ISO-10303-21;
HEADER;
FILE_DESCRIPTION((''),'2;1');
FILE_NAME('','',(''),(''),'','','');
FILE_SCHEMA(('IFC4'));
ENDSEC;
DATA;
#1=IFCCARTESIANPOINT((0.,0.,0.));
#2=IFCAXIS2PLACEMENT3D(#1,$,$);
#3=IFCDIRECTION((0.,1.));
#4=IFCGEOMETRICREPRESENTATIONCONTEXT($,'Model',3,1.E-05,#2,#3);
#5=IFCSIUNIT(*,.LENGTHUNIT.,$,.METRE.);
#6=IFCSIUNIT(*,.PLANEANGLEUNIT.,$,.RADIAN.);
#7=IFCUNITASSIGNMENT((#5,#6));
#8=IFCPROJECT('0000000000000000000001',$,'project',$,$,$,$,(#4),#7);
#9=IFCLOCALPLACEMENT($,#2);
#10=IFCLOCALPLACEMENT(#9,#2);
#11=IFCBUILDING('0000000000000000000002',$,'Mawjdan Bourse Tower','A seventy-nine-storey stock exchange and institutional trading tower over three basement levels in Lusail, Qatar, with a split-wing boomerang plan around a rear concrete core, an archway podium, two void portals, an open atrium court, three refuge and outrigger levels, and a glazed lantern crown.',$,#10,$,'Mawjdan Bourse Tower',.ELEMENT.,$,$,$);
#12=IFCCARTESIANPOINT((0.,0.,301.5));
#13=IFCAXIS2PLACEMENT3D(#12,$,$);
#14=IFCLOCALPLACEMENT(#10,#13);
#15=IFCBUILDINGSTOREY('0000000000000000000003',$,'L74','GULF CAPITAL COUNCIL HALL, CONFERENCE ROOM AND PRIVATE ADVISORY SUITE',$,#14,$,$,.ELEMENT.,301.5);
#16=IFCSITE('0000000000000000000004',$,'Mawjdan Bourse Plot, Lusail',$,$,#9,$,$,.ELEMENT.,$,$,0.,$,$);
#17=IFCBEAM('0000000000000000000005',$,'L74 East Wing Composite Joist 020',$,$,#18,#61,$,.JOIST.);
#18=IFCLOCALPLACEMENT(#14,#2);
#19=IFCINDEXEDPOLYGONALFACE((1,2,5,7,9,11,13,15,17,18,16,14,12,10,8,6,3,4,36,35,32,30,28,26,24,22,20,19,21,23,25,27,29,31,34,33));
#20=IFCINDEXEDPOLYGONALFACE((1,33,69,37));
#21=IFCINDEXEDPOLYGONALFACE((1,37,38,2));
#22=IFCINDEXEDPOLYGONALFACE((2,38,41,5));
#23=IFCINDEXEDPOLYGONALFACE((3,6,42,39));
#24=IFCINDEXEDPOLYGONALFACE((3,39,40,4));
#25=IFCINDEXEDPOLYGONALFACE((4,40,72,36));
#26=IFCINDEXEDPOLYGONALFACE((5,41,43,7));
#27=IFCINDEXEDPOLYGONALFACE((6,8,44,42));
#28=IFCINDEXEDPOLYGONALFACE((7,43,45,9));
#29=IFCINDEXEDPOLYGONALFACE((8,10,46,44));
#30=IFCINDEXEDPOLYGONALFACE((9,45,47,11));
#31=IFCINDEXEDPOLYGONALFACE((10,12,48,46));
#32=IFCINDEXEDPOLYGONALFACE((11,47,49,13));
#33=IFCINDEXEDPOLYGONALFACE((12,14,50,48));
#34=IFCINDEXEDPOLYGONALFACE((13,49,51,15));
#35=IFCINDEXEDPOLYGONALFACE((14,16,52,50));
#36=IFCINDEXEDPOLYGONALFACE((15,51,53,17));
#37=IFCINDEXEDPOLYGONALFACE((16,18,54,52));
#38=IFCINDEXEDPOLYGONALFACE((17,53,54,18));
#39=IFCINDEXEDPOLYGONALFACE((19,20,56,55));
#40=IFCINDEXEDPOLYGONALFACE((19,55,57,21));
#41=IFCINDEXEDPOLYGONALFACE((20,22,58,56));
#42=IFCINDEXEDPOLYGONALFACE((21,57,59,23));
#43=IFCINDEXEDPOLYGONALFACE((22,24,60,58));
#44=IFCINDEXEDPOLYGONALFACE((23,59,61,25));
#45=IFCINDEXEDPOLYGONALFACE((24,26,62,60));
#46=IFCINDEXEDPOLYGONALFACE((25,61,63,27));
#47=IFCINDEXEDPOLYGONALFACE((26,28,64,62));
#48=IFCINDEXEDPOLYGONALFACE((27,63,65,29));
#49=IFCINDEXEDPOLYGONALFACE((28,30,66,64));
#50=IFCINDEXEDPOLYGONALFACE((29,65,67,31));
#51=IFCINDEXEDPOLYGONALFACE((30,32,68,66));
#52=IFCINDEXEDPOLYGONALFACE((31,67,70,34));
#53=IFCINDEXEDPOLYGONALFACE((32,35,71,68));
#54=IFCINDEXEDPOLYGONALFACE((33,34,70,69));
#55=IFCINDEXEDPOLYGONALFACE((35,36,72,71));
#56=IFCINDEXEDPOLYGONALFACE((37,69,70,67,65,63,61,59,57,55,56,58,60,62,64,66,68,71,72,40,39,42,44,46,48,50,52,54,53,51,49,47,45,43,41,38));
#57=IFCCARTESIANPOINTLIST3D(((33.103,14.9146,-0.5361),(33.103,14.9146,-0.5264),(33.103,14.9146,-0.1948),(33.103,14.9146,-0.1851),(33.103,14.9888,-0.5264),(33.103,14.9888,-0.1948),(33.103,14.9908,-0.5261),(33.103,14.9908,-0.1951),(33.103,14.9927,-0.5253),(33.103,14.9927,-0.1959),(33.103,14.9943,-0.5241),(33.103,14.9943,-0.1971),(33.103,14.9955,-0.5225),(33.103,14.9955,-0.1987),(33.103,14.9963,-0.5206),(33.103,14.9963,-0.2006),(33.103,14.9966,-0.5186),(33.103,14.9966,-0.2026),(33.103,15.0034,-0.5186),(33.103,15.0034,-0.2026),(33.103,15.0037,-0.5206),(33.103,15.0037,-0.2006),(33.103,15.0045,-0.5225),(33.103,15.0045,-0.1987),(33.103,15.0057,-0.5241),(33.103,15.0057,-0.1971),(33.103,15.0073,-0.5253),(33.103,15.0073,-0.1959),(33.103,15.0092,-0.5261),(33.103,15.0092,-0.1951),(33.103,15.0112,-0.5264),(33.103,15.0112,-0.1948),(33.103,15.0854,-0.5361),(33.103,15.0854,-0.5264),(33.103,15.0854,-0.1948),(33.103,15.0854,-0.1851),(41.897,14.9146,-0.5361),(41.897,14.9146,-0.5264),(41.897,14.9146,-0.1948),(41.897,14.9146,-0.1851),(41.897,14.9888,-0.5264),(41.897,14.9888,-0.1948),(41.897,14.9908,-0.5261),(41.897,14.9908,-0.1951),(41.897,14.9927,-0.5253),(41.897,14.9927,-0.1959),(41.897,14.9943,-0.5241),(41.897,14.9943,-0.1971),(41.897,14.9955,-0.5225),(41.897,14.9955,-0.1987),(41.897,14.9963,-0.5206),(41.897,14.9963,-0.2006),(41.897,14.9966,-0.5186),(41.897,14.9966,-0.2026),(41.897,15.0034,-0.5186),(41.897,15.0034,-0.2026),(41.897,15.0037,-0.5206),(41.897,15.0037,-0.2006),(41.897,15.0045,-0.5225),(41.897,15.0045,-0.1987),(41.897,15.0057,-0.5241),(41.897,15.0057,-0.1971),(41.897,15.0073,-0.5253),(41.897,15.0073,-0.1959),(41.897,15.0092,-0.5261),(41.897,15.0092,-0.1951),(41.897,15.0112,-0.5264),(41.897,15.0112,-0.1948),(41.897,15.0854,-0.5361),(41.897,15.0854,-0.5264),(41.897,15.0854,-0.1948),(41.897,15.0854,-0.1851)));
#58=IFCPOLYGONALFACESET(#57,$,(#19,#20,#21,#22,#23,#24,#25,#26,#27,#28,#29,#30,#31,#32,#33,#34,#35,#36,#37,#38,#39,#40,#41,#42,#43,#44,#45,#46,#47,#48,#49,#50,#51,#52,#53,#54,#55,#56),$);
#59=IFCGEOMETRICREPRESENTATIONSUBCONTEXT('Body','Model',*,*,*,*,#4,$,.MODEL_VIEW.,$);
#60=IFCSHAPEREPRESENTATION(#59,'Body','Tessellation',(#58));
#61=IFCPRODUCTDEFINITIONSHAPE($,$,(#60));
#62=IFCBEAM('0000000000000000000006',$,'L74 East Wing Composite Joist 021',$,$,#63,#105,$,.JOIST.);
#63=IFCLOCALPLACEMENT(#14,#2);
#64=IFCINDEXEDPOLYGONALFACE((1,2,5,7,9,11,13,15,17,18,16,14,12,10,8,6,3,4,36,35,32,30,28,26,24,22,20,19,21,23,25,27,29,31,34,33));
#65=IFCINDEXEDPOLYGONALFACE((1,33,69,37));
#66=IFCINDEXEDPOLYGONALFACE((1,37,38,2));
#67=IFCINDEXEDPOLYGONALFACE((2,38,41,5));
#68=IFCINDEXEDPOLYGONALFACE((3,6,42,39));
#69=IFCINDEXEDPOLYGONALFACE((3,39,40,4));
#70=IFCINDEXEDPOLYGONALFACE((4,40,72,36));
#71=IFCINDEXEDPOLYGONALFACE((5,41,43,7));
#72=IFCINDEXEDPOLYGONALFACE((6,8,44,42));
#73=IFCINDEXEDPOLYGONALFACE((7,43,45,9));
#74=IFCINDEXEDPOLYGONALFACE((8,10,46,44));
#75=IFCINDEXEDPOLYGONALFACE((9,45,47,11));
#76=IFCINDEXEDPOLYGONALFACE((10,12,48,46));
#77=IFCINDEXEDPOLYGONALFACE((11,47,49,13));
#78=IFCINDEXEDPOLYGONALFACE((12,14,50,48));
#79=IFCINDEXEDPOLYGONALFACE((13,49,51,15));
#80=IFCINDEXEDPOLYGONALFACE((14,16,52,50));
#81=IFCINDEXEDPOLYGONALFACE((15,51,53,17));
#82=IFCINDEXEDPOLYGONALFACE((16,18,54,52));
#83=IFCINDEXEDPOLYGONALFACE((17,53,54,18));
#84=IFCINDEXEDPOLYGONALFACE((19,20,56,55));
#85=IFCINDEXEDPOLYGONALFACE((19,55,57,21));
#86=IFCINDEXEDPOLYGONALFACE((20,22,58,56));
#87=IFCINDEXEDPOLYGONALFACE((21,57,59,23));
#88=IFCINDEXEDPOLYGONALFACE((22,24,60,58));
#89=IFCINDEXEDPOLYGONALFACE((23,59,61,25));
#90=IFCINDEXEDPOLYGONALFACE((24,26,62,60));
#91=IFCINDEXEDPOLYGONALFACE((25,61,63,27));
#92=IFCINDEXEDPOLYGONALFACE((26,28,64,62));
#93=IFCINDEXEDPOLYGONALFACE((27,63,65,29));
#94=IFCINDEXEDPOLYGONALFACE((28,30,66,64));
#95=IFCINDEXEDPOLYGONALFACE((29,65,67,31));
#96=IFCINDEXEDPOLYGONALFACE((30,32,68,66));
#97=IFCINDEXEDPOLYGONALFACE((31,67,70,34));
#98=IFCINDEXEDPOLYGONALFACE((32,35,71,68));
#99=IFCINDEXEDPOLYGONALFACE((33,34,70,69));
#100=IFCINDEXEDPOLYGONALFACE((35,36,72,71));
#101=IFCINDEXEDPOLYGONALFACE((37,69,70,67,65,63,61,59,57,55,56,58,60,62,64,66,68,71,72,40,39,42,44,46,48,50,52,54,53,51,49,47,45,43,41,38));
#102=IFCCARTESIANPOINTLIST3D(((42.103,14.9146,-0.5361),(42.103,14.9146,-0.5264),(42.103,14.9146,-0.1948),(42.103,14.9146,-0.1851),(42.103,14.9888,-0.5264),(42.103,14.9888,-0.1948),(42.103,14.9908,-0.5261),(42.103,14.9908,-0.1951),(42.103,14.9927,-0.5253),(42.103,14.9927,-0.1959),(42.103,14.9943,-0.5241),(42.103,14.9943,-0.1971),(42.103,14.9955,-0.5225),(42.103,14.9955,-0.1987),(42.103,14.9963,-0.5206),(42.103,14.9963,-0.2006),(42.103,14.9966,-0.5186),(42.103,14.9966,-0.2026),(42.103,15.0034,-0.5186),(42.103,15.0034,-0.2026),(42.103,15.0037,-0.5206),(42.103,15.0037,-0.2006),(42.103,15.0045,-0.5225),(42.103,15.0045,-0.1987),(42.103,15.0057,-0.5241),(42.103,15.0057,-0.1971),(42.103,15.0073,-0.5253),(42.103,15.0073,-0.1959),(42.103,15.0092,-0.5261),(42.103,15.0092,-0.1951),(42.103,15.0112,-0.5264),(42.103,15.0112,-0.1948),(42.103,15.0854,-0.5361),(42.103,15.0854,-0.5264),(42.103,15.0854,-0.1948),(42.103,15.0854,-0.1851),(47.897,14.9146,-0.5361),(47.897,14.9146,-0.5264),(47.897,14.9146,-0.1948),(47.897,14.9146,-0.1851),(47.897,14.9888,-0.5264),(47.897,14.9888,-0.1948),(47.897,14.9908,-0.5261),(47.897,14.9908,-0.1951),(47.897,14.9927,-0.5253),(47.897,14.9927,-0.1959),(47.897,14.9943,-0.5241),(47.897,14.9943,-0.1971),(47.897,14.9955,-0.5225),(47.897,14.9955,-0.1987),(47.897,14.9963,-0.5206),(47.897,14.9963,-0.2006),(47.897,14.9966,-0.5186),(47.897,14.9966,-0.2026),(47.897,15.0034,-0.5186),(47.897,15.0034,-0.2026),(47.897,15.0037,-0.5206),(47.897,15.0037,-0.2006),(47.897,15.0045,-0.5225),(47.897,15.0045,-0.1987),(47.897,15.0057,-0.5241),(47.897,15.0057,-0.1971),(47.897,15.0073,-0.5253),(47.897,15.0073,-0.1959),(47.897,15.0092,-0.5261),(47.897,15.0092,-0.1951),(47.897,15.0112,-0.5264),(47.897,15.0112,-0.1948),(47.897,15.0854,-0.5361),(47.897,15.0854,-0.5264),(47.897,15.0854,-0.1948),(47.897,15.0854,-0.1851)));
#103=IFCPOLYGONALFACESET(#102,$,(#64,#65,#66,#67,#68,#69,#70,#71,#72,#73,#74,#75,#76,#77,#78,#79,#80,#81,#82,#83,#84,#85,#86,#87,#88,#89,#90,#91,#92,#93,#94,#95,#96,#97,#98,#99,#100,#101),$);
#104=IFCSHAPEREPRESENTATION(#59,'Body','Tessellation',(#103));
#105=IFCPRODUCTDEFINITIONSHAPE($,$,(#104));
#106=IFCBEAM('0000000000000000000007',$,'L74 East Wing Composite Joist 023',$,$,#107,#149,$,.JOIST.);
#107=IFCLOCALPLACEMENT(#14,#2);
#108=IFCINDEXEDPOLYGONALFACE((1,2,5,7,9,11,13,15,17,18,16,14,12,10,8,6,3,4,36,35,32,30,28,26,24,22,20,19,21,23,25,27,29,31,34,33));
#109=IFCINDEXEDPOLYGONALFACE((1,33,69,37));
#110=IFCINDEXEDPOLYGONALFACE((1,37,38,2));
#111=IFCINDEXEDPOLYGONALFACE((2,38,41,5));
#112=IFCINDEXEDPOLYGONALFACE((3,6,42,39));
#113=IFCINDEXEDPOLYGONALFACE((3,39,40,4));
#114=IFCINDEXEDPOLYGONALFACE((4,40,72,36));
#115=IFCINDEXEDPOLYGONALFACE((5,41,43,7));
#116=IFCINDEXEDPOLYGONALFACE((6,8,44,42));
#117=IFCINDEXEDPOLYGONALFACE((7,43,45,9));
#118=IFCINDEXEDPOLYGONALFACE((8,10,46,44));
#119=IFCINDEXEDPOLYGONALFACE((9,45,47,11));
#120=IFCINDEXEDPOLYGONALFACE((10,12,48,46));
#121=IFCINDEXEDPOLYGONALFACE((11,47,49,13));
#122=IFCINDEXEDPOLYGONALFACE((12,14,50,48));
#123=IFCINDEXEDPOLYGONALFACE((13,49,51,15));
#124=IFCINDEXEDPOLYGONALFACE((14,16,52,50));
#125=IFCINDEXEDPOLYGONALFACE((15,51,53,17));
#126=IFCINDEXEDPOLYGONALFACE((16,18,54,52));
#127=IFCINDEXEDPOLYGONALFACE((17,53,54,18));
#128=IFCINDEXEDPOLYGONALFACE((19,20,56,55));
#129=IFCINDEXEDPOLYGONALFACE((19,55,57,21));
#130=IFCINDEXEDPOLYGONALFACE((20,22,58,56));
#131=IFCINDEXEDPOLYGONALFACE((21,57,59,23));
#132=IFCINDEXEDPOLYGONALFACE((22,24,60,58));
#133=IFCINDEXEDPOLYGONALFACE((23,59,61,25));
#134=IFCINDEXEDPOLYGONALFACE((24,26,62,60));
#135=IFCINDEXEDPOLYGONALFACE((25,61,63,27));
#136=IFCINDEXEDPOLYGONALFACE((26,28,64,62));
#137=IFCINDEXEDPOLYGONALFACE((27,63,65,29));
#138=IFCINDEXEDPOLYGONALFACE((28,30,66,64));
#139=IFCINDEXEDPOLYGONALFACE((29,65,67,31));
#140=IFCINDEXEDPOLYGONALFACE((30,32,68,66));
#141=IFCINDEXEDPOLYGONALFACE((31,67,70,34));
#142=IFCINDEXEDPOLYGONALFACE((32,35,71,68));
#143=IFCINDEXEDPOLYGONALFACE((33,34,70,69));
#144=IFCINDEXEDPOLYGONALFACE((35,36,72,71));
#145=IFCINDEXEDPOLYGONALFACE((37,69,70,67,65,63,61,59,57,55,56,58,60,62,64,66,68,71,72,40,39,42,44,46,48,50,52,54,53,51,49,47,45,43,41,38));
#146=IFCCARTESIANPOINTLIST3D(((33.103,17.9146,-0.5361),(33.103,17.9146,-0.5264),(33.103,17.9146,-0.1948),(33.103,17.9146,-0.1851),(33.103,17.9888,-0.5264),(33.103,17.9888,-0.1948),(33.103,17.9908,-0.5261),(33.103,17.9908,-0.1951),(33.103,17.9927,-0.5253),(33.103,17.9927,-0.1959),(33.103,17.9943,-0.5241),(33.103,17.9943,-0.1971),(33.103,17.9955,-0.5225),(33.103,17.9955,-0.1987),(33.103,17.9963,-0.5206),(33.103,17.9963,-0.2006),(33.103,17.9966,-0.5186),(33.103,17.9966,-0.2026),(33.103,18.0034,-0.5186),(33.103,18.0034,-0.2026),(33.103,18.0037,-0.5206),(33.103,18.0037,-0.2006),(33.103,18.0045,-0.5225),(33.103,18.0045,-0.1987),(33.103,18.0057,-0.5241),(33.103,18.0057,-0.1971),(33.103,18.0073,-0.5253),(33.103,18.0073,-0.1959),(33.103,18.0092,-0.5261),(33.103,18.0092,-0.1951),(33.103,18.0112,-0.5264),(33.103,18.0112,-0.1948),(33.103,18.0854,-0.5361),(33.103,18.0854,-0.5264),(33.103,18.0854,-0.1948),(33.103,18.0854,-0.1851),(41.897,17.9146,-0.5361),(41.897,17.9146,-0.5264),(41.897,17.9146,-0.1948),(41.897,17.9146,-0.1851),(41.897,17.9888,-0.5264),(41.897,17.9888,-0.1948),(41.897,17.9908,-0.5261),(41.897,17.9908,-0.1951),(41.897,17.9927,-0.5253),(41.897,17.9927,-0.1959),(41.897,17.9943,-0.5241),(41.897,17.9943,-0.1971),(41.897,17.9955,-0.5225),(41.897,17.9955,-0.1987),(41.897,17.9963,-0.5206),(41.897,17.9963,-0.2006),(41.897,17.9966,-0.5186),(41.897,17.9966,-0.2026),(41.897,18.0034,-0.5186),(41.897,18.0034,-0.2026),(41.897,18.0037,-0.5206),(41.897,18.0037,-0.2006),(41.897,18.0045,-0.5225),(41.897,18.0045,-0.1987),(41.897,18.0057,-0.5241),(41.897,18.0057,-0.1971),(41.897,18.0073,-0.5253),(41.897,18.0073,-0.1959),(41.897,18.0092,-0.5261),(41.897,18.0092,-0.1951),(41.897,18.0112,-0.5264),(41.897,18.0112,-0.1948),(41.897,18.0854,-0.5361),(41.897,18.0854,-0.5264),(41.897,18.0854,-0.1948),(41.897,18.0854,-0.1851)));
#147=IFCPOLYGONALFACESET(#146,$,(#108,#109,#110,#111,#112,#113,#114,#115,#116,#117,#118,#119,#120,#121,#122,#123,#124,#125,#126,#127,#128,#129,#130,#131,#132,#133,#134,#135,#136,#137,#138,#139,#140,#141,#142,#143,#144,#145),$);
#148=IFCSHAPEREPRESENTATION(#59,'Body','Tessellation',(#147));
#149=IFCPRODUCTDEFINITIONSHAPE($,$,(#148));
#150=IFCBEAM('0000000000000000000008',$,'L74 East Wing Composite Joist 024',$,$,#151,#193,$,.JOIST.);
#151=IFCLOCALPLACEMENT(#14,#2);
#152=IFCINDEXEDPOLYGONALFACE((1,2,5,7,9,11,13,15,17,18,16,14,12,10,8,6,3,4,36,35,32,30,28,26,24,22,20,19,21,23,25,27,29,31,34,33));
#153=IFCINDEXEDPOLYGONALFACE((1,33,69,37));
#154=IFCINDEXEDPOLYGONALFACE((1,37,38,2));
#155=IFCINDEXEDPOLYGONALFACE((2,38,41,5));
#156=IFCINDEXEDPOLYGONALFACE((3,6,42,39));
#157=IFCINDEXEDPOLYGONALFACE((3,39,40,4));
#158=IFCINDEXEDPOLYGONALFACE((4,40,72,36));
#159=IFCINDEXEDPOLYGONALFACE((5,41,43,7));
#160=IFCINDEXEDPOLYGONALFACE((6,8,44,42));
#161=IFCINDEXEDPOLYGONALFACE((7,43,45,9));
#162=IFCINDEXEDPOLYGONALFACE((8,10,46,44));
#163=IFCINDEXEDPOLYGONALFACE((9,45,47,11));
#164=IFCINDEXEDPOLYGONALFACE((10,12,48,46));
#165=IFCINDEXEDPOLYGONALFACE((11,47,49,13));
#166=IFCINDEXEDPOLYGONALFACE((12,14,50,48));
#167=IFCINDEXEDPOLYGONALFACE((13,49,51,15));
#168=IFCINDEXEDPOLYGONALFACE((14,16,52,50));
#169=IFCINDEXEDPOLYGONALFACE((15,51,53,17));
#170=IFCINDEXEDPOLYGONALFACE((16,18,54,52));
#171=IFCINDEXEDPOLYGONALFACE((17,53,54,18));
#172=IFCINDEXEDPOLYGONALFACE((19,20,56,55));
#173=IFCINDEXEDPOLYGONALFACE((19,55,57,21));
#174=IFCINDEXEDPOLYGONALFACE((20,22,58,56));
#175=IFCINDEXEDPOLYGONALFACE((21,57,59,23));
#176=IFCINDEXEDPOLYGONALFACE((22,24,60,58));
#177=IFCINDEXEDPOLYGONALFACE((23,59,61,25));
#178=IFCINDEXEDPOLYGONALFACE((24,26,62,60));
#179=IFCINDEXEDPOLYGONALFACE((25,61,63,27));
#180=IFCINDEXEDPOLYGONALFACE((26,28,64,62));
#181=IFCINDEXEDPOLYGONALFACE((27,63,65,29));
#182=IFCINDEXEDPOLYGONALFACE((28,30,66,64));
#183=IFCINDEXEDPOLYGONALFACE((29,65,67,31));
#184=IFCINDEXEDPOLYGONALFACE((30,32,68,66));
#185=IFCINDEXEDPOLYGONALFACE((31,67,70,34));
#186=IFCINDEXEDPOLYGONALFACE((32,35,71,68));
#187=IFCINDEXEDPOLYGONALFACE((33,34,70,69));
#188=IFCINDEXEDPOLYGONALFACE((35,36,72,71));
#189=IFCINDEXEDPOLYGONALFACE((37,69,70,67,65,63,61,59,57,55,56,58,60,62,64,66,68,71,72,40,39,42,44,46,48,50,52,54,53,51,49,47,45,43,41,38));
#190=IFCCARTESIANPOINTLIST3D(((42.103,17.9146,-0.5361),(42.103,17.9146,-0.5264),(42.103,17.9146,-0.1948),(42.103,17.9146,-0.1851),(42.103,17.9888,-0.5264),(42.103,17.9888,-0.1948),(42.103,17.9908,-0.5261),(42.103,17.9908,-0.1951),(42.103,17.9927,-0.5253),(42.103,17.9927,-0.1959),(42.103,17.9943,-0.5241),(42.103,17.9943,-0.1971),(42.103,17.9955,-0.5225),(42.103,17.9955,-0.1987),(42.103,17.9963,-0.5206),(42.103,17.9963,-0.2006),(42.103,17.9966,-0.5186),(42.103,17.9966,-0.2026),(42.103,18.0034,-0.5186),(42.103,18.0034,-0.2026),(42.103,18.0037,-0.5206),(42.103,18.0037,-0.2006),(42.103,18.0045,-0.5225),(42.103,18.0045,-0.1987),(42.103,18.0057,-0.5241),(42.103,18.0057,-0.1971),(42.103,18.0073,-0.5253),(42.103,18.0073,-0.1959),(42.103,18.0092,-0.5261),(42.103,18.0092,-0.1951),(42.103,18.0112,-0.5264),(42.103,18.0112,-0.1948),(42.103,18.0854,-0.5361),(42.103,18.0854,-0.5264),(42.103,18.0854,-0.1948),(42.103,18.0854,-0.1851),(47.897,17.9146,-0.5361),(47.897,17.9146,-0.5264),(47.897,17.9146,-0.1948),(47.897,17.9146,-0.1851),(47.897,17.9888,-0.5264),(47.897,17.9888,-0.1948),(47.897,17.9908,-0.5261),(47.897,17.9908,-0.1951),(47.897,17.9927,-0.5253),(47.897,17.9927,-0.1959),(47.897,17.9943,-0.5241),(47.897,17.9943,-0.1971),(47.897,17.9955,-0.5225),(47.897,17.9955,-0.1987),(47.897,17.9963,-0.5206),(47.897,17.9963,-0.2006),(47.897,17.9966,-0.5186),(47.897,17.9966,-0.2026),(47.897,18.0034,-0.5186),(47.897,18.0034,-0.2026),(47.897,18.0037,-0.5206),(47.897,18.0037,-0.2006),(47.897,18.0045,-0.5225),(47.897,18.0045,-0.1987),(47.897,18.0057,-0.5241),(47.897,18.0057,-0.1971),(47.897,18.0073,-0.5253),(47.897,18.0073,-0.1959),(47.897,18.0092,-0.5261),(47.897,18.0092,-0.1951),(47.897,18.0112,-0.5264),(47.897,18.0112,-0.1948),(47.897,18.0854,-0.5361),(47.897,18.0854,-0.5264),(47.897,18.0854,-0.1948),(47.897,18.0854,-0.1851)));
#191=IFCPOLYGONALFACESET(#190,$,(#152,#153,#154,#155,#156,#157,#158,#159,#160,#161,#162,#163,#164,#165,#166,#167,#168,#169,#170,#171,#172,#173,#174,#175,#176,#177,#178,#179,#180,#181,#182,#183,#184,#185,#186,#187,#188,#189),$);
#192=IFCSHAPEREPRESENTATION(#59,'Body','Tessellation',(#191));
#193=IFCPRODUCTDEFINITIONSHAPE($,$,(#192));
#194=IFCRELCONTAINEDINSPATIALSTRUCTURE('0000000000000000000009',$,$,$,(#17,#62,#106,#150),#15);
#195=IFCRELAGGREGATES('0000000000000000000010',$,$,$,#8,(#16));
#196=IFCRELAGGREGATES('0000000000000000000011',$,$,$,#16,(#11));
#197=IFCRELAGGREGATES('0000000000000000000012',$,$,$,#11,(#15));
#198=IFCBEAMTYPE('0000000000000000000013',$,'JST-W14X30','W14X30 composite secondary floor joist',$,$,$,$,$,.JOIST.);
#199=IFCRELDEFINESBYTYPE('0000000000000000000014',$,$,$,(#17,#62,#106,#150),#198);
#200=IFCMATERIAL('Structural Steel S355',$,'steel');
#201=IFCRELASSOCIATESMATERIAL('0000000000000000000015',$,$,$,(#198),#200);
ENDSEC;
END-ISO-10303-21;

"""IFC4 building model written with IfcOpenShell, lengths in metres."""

from ifc_helpers import new_model, si_unit, direction, frame, origin, origin_2d, place, context, subcontext, project, spatial, i_section, extrude, material, material_profile, profile_set, type_object, element, save


model = new_model("IFC4")

# Units and contexts
model_context = context("Model", 3, precision=1e-05, world=origin(), true_north=direction((0.0, 1.0)))
body_context = subcontext(model_context, "Body", "Model", "MODEL_VIEW")
ifc_project = project(units=[si_unit("LENGTHUNIT", "METRE"), si_unit("PLANEANGLEUNIT", "RADIAN")], contexts=[model_context])

# Site, building, storey
site_placement = place(None, origin())
site = spatial("IfcSite", under=ifc_project, at=site_placement, Name="Mawjdan Bourse Plot, Lusail", CompositionType="ELEMENT", RefElevation=0.0)
building_placement = place(site_placement, origin())
building = spatial("IfcBuilding", under=site, at=building_placement, Name="Mawjdan Bourse Tower", Description="A seventy-nine-storey stock exchange and institutional trading tower over three basement levels in Lusail, Qatar, with a split-wing boomerang plan around a rear concrete core, an archway podium, two void portals, an open atrium court, three refuge and outrigger levels, and a glazed lantern crown.", LongName="Mawjdan Bourse Tower", CompositionType="ELEMENT")
storey_placement = place(building_placement, frame((0.0, 0.0, 301.5)))
storey = spatial("IfcBuildingStorey", under=building, at=storey_placement, Name="L74", Description="GULF CAPITAL COUNCIL HALL, CONFERENCE ROOM AND PRIVATE ADVISORY SUITE", CompositionType="ELEMENT", Elevation=301.5)

# Shared definitions
ifc_material_1 = material(Name="Structural Steel S355", Category="steel")

# Beams
ifc_material_profile_1 = material_profile(ifc_material_1, i_section(OverallWidth=0.1709, OverallDepth=0.3511, WebThickness=0.0068, FlangeThickness=0.0098, FilletRadius=0.0078, at=origin_2d()), Name="W14X30")
ifc_profile_set_1 = profile_set([ifc_material_profile_1], Name="Structural Steel S355")
beam_type_1 = type_object("IfcBeamType", Name="JST-W14X30", Description="W14X30 composite secondary floor joist", PredefinedType="JOIST", material=ifc_profile_set_1)
beam_1_placement = place(storey_placement, frame((33.103, 15.0, -0.3606), z_axis=(1.0, 0.0, 0.0), x_axis=(0.0, 1.0, 0.0)))
element("IfcBeam", 1, at=beam_1_placement, inside=storey, type_object=beam_type_1, Name="L74 East Wing Composite Joist 020", PredefinedType="JOIST", context=body_context, shape_type="SweptSolid", body=[
    extrude(i_section(OverallWidth=0.1709, OverallDepth=0.3511, WebThickness=0.0068, FlangeThickness=0.0098, FilletRadius=0.0078, at=origin_2d()), origin(), (0.0, 0.0, 1.0), 8.7939),
])
beam_2_placement = place(storey_placement, frame((42.103, 15.0, -0.3606), z_axis=(1.0, 0.0, 0.0), x_axis=(0.0, 1.0, 0.0)))
element("IfcBeam", 2, at=beam_2_placement, inside=storey, type_object=beam_type_1, Name="L74 East Wing Composite Joist 021", PredefinedType="JOIST", context=body_context, shape_type="SweptSolid", body=[
    extrude(i_section(OverallWidth=0.1709, OverallDepth=0.3511, WebThickness=0.0068, FlangeThickness=0.0098, FilletRadius=0.0078, at=origin_2d()), origin(), (0.0, 0.0, 1.0), 5.7939),
])
beam_3_placement = place(storey_placement, frame((33.103, 18.0, -0.3606), z_axis=(1.0, 0.0, 0.0), x_axis=(0.0, 1.0, 0.0)))
element("IfcBeam", 3, at=beam_3_placement, inside=storey, type_object=beam_type_1, Name="L74 East Wing Composite Joist 023", PredefinedType="JOIST", context=body_context, shape_type="SweptSolid", body=[
    extrude(i_section(OverallWidth=0.1709, OverallDepth=0.3511, WebThickness=0.0068, FlangeThickness=0.0098, FilletRadius=0.0078, at=origin_2d()), origin(), (0.0, 0.0, 1.0), 8.7939),
])
beam_4_placement = place(storey_placement, frame((42.103, 18.0, -0.3606), z_axis=(1.0, 0.0, 0.0), x_axis=(0.0, 1.0, 0.0)))
element("IfcBeam", 4, at=beam_4_placement, inside=storey, type_object=beam_type_1, Name="L74 East Wing Composite Joist 024", PredefinedType="JOIST", context=body_context, shape_type="SweptSolid", body=[
    extrude(i_section(OverallWidth=0.1709, OverallDepth=0.3511, WebThickness=0.0068, FlangeThickness=0.0098, FilletRadius=0.0078, at=origin_2d()), origin(), (0.0, 0.0, 1.0), 5.7939),
])

save(model, "model.ifc")
